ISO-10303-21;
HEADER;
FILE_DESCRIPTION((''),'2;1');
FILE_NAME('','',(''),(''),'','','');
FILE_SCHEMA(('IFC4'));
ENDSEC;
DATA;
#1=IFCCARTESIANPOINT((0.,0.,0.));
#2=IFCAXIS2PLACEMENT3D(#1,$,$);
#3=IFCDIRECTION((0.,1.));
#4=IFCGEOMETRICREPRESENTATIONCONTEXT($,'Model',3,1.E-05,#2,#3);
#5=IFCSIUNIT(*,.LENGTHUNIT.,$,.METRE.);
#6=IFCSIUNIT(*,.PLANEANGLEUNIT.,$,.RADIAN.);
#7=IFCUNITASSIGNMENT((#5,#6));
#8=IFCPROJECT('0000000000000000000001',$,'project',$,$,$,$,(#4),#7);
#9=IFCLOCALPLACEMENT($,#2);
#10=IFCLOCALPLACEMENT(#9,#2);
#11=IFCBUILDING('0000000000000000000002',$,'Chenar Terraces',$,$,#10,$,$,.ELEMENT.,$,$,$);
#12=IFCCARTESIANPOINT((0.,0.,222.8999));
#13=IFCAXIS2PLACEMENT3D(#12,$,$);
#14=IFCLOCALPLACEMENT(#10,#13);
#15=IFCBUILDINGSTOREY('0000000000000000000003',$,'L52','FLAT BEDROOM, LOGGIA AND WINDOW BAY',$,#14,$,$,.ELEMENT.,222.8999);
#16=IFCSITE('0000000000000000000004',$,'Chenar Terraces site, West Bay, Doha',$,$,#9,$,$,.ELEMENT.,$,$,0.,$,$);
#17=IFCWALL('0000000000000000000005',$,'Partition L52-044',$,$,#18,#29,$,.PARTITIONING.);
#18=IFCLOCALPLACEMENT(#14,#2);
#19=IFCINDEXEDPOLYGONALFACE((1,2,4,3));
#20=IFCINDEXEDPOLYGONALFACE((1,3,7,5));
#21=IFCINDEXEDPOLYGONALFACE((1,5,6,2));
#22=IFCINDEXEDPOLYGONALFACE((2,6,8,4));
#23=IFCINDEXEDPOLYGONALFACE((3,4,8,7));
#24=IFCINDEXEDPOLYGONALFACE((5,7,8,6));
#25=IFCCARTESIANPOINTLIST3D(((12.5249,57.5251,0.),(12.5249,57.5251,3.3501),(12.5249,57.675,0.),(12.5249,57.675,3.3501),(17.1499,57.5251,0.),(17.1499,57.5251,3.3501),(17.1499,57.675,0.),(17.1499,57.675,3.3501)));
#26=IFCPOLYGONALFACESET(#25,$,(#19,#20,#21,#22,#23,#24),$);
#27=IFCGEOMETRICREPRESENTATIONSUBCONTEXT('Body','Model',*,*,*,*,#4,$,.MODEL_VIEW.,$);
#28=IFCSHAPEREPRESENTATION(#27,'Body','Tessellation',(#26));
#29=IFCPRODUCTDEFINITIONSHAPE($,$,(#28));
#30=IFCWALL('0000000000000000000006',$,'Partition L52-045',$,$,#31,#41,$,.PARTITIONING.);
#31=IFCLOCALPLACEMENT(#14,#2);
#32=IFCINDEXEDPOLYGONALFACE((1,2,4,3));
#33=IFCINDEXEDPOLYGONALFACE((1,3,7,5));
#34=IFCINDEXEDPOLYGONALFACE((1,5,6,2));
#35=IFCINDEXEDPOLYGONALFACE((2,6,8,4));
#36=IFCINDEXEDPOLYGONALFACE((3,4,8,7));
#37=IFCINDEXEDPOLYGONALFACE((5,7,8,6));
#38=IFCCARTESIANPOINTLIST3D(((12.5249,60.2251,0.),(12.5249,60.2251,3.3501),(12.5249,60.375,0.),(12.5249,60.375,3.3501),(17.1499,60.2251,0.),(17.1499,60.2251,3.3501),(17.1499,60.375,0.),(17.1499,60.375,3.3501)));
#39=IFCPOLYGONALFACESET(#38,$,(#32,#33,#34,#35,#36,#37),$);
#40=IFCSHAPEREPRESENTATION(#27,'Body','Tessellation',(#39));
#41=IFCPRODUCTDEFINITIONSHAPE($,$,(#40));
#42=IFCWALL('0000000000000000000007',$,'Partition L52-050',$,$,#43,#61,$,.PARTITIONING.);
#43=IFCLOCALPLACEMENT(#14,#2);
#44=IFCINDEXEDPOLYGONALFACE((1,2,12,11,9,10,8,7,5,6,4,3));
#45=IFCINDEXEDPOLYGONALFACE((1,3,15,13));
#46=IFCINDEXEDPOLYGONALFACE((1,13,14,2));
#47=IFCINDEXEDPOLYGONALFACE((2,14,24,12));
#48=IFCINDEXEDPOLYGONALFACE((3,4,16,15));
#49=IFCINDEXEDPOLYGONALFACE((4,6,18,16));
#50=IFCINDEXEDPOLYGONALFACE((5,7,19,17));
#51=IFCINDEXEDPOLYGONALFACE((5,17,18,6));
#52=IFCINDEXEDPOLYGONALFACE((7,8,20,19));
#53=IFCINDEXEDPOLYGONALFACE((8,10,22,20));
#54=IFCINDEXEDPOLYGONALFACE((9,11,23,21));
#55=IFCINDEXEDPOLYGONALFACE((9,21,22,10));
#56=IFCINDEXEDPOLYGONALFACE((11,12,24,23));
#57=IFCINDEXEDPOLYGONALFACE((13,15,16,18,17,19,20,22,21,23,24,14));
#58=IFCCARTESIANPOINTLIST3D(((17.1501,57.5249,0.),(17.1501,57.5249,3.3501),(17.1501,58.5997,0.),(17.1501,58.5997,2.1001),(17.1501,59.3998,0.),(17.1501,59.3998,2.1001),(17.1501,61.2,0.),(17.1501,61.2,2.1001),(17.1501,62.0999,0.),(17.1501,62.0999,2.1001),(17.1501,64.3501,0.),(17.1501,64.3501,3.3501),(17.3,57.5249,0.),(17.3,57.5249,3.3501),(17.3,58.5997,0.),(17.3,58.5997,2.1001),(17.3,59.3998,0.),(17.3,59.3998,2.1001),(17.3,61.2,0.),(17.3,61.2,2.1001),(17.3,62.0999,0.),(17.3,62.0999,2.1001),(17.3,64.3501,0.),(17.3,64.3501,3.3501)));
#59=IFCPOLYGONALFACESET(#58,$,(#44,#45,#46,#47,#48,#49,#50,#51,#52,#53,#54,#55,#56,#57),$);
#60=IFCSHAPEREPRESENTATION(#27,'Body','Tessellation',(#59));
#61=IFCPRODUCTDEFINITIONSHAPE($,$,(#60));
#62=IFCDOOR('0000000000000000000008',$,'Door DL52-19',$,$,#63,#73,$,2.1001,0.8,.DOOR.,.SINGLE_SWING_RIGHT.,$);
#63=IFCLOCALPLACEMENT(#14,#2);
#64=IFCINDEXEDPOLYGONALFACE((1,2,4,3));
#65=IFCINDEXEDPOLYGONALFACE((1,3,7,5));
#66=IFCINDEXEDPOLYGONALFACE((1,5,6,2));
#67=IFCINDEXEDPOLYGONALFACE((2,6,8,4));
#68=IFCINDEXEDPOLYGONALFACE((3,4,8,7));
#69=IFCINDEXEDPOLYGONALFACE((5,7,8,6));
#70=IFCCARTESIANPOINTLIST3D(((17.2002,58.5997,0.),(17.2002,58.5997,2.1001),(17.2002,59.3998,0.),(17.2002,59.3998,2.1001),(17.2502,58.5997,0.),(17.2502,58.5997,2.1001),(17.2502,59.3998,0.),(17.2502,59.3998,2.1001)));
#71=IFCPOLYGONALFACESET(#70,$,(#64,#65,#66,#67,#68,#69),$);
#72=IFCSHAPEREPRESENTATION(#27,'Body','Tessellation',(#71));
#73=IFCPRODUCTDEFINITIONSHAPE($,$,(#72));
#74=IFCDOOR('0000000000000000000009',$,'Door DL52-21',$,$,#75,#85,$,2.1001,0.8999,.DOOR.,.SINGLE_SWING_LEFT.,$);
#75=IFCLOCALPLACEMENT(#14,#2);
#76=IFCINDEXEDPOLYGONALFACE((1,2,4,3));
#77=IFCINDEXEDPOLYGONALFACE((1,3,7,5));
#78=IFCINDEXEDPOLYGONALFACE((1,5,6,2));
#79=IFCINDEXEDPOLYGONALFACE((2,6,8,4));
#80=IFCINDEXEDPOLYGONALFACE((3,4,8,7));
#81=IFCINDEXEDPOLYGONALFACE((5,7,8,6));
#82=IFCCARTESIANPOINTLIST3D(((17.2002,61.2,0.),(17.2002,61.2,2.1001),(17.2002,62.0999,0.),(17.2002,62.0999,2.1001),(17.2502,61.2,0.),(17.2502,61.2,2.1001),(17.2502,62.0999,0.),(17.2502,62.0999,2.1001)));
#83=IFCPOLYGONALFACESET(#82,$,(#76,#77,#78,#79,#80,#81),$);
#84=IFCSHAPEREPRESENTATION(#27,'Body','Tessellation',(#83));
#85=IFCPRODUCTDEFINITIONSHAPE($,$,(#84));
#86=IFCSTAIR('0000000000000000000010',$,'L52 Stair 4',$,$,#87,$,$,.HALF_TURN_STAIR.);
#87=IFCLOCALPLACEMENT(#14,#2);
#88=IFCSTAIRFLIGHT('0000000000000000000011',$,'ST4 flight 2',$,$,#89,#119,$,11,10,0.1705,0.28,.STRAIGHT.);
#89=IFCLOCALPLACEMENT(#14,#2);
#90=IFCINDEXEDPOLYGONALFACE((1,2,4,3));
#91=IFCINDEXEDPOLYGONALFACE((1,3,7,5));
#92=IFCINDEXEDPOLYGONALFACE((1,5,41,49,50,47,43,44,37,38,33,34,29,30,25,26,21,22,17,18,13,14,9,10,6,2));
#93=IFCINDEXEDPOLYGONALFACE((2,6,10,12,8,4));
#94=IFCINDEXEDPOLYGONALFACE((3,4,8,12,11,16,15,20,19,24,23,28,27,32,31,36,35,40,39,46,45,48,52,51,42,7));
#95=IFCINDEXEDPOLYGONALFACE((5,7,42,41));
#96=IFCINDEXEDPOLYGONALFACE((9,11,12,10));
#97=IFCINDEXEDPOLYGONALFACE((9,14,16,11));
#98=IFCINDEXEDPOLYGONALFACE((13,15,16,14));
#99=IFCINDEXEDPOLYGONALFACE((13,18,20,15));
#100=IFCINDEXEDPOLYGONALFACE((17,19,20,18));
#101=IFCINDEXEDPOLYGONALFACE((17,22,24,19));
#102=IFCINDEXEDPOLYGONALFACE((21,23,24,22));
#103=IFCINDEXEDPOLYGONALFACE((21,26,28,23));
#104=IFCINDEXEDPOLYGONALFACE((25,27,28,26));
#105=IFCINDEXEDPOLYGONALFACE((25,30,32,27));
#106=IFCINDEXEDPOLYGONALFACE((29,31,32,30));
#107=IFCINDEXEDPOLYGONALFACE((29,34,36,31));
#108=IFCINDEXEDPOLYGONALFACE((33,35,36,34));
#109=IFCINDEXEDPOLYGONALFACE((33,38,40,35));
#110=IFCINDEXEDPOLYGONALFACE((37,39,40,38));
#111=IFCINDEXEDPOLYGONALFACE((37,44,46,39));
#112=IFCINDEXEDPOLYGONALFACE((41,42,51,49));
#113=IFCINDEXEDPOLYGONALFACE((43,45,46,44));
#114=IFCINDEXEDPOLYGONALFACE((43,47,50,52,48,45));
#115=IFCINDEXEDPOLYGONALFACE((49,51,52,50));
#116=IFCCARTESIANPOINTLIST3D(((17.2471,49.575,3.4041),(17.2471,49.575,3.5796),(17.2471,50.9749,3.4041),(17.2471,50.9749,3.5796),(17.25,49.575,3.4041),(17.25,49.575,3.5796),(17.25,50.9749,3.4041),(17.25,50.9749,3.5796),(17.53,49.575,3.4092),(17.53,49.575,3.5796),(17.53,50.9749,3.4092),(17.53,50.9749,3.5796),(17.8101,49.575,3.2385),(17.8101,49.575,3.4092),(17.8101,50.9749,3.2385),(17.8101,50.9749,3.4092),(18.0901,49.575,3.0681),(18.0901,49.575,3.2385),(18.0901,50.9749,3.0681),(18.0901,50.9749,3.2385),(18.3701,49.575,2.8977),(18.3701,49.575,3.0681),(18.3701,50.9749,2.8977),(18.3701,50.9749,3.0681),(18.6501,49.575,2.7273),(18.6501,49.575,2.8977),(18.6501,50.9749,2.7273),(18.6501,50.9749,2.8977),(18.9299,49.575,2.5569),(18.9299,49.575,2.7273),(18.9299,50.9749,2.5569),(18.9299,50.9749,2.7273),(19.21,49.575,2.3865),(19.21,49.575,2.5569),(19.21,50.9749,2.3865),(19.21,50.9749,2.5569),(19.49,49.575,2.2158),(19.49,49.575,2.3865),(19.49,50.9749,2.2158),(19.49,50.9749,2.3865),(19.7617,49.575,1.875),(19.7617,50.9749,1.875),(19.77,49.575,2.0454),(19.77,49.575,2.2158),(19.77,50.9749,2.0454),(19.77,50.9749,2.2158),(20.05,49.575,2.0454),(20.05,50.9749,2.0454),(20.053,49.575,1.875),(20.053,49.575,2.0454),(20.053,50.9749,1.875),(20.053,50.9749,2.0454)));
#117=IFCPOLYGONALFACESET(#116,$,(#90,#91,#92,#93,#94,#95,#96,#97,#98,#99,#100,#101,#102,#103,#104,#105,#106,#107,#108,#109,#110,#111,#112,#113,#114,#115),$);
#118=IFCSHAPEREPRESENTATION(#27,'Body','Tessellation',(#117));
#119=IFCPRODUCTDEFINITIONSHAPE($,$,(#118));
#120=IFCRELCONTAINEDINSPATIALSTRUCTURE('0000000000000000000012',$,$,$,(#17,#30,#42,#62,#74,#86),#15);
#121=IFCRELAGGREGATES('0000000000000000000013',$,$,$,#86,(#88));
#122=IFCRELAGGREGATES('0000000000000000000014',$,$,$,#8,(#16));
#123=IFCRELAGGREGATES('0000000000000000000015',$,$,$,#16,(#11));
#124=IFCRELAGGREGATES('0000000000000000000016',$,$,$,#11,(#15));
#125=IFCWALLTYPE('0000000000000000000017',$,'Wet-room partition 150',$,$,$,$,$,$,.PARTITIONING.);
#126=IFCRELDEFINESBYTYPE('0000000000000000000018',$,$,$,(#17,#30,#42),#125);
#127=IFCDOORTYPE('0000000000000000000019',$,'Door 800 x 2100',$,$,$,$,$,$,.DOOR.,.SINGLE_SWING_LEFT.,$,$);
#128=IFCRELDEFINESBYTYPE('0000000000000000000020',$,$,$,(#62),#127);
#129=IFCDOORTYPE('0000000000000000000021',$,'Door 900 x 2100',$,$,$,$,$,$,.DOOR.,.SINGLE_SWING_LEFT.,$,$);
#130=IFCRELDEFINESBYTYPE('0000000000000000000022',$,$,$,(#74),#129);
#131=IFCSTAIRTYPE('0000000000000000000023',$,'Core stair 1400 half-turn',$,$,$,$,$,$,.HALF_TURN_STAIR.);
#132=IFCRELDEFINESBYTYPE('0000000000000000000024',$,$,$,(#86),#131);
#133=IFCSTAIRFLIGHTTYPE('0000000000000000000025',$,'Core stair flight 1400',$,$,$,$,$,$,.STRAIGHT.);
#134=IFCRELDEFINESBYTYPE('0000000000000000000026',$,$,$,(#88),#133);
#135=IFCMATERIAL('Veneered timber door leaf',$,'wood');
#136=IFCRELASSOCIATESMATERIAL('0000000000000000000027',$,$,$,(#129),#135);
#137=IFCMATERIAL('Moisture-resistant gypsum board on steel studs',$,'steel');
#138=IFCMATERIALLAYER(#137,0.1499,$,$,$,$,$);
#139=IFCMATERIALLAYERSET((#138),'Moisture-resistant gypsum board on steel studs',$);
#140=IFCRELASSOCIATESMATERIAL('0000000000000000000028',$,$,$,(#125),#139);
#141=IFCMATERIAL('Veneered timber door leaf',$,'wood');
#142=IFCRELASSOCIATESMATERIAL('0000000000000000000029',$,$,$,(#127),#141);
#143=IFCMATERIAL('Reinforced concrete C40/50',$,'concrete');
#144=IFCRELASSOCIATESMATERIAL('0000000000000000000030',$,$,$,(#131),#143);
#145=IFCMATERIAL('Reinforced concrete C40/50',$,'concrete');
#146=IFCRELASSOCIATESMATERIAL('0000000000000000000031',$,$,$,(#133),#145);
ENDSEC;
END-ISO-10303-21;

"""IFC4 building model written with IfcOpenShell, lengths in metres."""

from ifc_helpers import new_model, si_unit, direction, frame, frame_2d, origin, place, context, subcontext, project, spatial, polyline, rectangle, outline, extrude, material, layer, layer_set, type_object, element, fill, aggregate, save


model = new_model("IFC4")

# Units and contexts
model_context = context("Model", 3, precision=1e-05, world=origin(), true_north=direction((0.0, 1.0)))
body_context = subcontext(model_context, "Body", "Model", "MODEL_VIEW")
ifc_project = project(units=[si_unit("LENGTHUNIT", "METRE"), si_unit("PLANEANGLEUNIT", "RADIAN")], contexts=[model_context])

# Site, building, storey
site_placement = place(None, origin())
site = spatial("IfcSite", under=ifc_project, at=site_placement, Name="Chenar Terraces site, West Bay, Doha", CompositionType="ELEMENT", RefElevation=0.0)
building_placement = place(site_placement, origin())
building = spatial("IfcBuilding", under=site, at=building_placement, Name="Chenar Terraces", CompositionType="ELEMENT")
storey_placement = place(building_placement, frame((0.0, 0.0, 222.8999)))
storey = spatial("IfcBuildingStorey", under=building, at=storey_placement, Name="L52", Description="FLAT BEDROOM, LOGGIA AND WINDOW BAY", CompositionType="ELEMENT", Elevation=222.8999)

# Shared definitions
ifc_material_1 = material(Name="Veneered timber door leaf", Category="wood")
door_type_1 = type_object("IfcDoorType", Name="Door 900 x 2100", OperationType="SINGLE_SWING_LEFT", PredefinedType="DOOR", material=ifc_material_1)

# Walls
ifc_material_2 = material(Name="Moisture-resistant gypsum board on steel studs", Category="steel")
ifc_layer_1 = layer(ifc_material_2, 0.1499)
ifc_layer_set_1 = layer_set([ifc_layer_1], Name="Moisture-resistant gypsum board on steel studs")
wall_type_1 = type_object("IfcWallType", Name="Wet-room partition 150", PredefinedType="PARTITIONING", material=ifc_layer_set_1)
for number, where, z_axis, x_axis, name in (
    (1, (12.5249, 57.6001, 0.0), (0.0, 0.0, 1.0), (1.0, 0.0, 0.0), "Partition L52-044"),
    (2, (12.5249, 60.3, 0.0), (0.0, 0.0, 1.0), (1.0, 0.0, 0.0), "Partition L52-045"),
):
    element("IfcWall", number, at=place(storey_placement, frame(where, z_axis=z_axis, x_axis=x_axis)), inside=storey, type_object=wall_type_1, Name=name, PredefinedType="PARTITIONING", context=body_context, shape_type="SweptSolid", body=[
        extrude(rectangle(XDim=4.625, YDim=0.1499, at=frame_2d((2.3125, 0.0))), origin(), (0.0, 0.0, 1.0), 3.3501),
    ])

# Wall, openings, doors
wall_1_placement = place(storey_placement, frame((17.2251, 57.5249, 0.0), z_axis=(0.0, 0.0, 1.0), x_axis=(0.0, 1.0, 0.0)))
wall_1 = element("IfcWall", 3, at=wall_1_placement, inside=storey, type_object=wall_type_1, Name="Partition L52-050", PredefinedType="PARTITIONING", context=body_context, shape_type="SweptSolid", body=[
    extrude(rectangle(XDim=6.8252, YDim=0.1499, at=frame_2d((3.4126, 0.0))), origin(), (0.0, 0.0, 1.0), 3.3501),
])
opening_1_placement = place(wall_1_placement, frame((1.075, 0.0, 0.0)))
opening_1 = element("IfcOpeningElement", 4, at=opening_1_placement, cuts=wall_1, PredefinedType="OPENING", context=body_context, shape_type="SweptSolid", body=[
    extrude(rectangle(XDim=0.8, YDim=2.1001, at=frame_2d((0.3999, 1.05))), frame((0.0, 0.085, 0.0), z_axis=(0.0, -1.0, 0.0), x_axis=(1.0, 0.0, 0.0)), (0.0, 0.0, 1.0), 0.1699),
])
opening_2_placement = place(wall_1_placement, frame((3.675, 0.0, 0.0)))
opening_2 = element("IfcOpeningElement", 5, at=opening_2_placement, cuts=wall_1, PredefinedType="OPENING", context=body_context, shape_type="SweptSolid", body=[
    extrude(rectangle(XDim=0.8999, YDim=2.1001, at=frame_2d((0.45, 1.05))), frame((0.0, 0.085, 0.0), z_axis=(0.0, -1.0, 0.0), x_axis=(1.0, 0.0, 0.0)), (0.0, 0.0, 1.0), 0.1699),
])
ifc_material_3 = material(Name="Veneered timber door leaf", Category="wood")
door_type_2 = type_object("IfcDoorType", Name="Door 800 x 2100", OperationType="SINGLE_SWING_LEFT", PredefinedType="DOOR", material=ifc_material_3)
door_1_placement = place(opening_1_placement, origin())
door_1 = element("IfcDoor", 6, at=door_1_placement, inside=storey, type_object=door_type_2, Name="Door DL52-19", OperationType="SINGLE_SWING_RIGHT", OverallHeight=2.1001, OverallWidth=0.8, PredefinedType="DOOR", context=body_context, shape_type="SweptSolid", body=[
    extrude(rectangle(XDim=0.8, YDim=2.1001, at=frame_2d((0.3999, 1.05))), frame((0.0, 0.0249, 0.0), z_axis=(0.0, -1.0, 0.0), x_axis=(1.0, 0.0, 0.0)), (0.0, 0.0, 1.0), 0.05),
])
fill(opening_1, door_1)
door_2_placement = place(opening_2_placement, origin())
door_2 = element("IfcDoor", 7, at=door_2_placement, inside=storey, type_object=door_type_1, Name="Door DL52-21", OperationType="SINGLE_SWING_LEFT", OverallHeight=2.1001, OverallWidth=0.8999, PredefinedType="DOOR", context=body_context, shape_type="SweptSolid", body=[
    extrude(rectangle(XDim=0.8999, YDim=2.1001, at=frame_2d((0.45, 1.05))), frame((0.0, 0.0249, 0.0), z_axis=(0.0, -1.0, 0.0), x_axis=(1.0, 0.0, 0.0)), (0.0, 0.0, 1.0), 0.05),
])
fill(opening_2, door_2)

# Stair, stair flight
ifc_material_4 = material(Name="Reinforced concrete C40/50", Category="concrete")
stair_type = type_object("IfcStairType", Name="Core stair 1400 half-turn", PredefinedType="HALF_TURN_STAIR", material=ifc_material_4)
stair_placement = place(storey_placement, origin())
stair = element("IfcStair", 8, at=stair_placement, inside=storey, type_object=stair_type, Name="L52 Stair 4", PredefinedType="HALF_TURN_STAIR")
ifc_material_5 = material(Name="Reinforced concrete C40/50", Category="concrete")
stair_flight_type = type_object("IfcStairFlightType", Name="Core stair flight 1400", PredefinedType="STRAIGHT", material=ifc_material_5)
stair_flight_placement = place(storey_placement, frame((20.05, 50.2749, 1.875), z_axis=(0.0, 0.0, 1.0), x_axis=(-1.0, 0.0, 0.0)))
stair_flight = element("IfcStairFlight", 9, at=stair_flight_placement, type_object=stair_flight_type, Name="ST4 flight 2", NumberOfRisers=11, NumberOfTreads=10, PredefinedType="STRAIGHT", RiserHeight=0.1705, TreadLength=0.28, context=body_context, shape_type="SweptSolid", body=[
    extrude(outline(polyline([(-0.0029, 0.0), (-0.0029, 0.1704), (0.0, 0.1704), (0.28, 0.1704), (0.28, 0.3408), (0.5601, 0.3408), (0.5601, 0.5115), (0.8401, 0.5115), (0.8401, 0.6819), (1.1201, 0.6819), (1.1201, 0.8523), (1.3999, 0.8523), (1.3999, 1.0227), (1.6799, 1.0227), (1.6799, 1.1931), (1.96, 1.1931), (1.96, 1.3635), (2.24, 1.3635), (2.24, 1.5342), (2.52, 1.5342), (2.52, 1.7046), (2.8, 1.7046), (2.803, 1.7046), (2.803, 1.5291), (2.8, 1.5291), (0.2883, 0.0), (-0.0029, 0.0)])), frame((0.0, 0.7, 0.0), z_axis=(0.0, -1.0, 0.0), x_axis=(1.0, 0.0, 0.0)), (0.0, 0.0, 1.0), 1.3999),
])
aggregate(stair, [stair_flight])

save(model, "model.ifc")
